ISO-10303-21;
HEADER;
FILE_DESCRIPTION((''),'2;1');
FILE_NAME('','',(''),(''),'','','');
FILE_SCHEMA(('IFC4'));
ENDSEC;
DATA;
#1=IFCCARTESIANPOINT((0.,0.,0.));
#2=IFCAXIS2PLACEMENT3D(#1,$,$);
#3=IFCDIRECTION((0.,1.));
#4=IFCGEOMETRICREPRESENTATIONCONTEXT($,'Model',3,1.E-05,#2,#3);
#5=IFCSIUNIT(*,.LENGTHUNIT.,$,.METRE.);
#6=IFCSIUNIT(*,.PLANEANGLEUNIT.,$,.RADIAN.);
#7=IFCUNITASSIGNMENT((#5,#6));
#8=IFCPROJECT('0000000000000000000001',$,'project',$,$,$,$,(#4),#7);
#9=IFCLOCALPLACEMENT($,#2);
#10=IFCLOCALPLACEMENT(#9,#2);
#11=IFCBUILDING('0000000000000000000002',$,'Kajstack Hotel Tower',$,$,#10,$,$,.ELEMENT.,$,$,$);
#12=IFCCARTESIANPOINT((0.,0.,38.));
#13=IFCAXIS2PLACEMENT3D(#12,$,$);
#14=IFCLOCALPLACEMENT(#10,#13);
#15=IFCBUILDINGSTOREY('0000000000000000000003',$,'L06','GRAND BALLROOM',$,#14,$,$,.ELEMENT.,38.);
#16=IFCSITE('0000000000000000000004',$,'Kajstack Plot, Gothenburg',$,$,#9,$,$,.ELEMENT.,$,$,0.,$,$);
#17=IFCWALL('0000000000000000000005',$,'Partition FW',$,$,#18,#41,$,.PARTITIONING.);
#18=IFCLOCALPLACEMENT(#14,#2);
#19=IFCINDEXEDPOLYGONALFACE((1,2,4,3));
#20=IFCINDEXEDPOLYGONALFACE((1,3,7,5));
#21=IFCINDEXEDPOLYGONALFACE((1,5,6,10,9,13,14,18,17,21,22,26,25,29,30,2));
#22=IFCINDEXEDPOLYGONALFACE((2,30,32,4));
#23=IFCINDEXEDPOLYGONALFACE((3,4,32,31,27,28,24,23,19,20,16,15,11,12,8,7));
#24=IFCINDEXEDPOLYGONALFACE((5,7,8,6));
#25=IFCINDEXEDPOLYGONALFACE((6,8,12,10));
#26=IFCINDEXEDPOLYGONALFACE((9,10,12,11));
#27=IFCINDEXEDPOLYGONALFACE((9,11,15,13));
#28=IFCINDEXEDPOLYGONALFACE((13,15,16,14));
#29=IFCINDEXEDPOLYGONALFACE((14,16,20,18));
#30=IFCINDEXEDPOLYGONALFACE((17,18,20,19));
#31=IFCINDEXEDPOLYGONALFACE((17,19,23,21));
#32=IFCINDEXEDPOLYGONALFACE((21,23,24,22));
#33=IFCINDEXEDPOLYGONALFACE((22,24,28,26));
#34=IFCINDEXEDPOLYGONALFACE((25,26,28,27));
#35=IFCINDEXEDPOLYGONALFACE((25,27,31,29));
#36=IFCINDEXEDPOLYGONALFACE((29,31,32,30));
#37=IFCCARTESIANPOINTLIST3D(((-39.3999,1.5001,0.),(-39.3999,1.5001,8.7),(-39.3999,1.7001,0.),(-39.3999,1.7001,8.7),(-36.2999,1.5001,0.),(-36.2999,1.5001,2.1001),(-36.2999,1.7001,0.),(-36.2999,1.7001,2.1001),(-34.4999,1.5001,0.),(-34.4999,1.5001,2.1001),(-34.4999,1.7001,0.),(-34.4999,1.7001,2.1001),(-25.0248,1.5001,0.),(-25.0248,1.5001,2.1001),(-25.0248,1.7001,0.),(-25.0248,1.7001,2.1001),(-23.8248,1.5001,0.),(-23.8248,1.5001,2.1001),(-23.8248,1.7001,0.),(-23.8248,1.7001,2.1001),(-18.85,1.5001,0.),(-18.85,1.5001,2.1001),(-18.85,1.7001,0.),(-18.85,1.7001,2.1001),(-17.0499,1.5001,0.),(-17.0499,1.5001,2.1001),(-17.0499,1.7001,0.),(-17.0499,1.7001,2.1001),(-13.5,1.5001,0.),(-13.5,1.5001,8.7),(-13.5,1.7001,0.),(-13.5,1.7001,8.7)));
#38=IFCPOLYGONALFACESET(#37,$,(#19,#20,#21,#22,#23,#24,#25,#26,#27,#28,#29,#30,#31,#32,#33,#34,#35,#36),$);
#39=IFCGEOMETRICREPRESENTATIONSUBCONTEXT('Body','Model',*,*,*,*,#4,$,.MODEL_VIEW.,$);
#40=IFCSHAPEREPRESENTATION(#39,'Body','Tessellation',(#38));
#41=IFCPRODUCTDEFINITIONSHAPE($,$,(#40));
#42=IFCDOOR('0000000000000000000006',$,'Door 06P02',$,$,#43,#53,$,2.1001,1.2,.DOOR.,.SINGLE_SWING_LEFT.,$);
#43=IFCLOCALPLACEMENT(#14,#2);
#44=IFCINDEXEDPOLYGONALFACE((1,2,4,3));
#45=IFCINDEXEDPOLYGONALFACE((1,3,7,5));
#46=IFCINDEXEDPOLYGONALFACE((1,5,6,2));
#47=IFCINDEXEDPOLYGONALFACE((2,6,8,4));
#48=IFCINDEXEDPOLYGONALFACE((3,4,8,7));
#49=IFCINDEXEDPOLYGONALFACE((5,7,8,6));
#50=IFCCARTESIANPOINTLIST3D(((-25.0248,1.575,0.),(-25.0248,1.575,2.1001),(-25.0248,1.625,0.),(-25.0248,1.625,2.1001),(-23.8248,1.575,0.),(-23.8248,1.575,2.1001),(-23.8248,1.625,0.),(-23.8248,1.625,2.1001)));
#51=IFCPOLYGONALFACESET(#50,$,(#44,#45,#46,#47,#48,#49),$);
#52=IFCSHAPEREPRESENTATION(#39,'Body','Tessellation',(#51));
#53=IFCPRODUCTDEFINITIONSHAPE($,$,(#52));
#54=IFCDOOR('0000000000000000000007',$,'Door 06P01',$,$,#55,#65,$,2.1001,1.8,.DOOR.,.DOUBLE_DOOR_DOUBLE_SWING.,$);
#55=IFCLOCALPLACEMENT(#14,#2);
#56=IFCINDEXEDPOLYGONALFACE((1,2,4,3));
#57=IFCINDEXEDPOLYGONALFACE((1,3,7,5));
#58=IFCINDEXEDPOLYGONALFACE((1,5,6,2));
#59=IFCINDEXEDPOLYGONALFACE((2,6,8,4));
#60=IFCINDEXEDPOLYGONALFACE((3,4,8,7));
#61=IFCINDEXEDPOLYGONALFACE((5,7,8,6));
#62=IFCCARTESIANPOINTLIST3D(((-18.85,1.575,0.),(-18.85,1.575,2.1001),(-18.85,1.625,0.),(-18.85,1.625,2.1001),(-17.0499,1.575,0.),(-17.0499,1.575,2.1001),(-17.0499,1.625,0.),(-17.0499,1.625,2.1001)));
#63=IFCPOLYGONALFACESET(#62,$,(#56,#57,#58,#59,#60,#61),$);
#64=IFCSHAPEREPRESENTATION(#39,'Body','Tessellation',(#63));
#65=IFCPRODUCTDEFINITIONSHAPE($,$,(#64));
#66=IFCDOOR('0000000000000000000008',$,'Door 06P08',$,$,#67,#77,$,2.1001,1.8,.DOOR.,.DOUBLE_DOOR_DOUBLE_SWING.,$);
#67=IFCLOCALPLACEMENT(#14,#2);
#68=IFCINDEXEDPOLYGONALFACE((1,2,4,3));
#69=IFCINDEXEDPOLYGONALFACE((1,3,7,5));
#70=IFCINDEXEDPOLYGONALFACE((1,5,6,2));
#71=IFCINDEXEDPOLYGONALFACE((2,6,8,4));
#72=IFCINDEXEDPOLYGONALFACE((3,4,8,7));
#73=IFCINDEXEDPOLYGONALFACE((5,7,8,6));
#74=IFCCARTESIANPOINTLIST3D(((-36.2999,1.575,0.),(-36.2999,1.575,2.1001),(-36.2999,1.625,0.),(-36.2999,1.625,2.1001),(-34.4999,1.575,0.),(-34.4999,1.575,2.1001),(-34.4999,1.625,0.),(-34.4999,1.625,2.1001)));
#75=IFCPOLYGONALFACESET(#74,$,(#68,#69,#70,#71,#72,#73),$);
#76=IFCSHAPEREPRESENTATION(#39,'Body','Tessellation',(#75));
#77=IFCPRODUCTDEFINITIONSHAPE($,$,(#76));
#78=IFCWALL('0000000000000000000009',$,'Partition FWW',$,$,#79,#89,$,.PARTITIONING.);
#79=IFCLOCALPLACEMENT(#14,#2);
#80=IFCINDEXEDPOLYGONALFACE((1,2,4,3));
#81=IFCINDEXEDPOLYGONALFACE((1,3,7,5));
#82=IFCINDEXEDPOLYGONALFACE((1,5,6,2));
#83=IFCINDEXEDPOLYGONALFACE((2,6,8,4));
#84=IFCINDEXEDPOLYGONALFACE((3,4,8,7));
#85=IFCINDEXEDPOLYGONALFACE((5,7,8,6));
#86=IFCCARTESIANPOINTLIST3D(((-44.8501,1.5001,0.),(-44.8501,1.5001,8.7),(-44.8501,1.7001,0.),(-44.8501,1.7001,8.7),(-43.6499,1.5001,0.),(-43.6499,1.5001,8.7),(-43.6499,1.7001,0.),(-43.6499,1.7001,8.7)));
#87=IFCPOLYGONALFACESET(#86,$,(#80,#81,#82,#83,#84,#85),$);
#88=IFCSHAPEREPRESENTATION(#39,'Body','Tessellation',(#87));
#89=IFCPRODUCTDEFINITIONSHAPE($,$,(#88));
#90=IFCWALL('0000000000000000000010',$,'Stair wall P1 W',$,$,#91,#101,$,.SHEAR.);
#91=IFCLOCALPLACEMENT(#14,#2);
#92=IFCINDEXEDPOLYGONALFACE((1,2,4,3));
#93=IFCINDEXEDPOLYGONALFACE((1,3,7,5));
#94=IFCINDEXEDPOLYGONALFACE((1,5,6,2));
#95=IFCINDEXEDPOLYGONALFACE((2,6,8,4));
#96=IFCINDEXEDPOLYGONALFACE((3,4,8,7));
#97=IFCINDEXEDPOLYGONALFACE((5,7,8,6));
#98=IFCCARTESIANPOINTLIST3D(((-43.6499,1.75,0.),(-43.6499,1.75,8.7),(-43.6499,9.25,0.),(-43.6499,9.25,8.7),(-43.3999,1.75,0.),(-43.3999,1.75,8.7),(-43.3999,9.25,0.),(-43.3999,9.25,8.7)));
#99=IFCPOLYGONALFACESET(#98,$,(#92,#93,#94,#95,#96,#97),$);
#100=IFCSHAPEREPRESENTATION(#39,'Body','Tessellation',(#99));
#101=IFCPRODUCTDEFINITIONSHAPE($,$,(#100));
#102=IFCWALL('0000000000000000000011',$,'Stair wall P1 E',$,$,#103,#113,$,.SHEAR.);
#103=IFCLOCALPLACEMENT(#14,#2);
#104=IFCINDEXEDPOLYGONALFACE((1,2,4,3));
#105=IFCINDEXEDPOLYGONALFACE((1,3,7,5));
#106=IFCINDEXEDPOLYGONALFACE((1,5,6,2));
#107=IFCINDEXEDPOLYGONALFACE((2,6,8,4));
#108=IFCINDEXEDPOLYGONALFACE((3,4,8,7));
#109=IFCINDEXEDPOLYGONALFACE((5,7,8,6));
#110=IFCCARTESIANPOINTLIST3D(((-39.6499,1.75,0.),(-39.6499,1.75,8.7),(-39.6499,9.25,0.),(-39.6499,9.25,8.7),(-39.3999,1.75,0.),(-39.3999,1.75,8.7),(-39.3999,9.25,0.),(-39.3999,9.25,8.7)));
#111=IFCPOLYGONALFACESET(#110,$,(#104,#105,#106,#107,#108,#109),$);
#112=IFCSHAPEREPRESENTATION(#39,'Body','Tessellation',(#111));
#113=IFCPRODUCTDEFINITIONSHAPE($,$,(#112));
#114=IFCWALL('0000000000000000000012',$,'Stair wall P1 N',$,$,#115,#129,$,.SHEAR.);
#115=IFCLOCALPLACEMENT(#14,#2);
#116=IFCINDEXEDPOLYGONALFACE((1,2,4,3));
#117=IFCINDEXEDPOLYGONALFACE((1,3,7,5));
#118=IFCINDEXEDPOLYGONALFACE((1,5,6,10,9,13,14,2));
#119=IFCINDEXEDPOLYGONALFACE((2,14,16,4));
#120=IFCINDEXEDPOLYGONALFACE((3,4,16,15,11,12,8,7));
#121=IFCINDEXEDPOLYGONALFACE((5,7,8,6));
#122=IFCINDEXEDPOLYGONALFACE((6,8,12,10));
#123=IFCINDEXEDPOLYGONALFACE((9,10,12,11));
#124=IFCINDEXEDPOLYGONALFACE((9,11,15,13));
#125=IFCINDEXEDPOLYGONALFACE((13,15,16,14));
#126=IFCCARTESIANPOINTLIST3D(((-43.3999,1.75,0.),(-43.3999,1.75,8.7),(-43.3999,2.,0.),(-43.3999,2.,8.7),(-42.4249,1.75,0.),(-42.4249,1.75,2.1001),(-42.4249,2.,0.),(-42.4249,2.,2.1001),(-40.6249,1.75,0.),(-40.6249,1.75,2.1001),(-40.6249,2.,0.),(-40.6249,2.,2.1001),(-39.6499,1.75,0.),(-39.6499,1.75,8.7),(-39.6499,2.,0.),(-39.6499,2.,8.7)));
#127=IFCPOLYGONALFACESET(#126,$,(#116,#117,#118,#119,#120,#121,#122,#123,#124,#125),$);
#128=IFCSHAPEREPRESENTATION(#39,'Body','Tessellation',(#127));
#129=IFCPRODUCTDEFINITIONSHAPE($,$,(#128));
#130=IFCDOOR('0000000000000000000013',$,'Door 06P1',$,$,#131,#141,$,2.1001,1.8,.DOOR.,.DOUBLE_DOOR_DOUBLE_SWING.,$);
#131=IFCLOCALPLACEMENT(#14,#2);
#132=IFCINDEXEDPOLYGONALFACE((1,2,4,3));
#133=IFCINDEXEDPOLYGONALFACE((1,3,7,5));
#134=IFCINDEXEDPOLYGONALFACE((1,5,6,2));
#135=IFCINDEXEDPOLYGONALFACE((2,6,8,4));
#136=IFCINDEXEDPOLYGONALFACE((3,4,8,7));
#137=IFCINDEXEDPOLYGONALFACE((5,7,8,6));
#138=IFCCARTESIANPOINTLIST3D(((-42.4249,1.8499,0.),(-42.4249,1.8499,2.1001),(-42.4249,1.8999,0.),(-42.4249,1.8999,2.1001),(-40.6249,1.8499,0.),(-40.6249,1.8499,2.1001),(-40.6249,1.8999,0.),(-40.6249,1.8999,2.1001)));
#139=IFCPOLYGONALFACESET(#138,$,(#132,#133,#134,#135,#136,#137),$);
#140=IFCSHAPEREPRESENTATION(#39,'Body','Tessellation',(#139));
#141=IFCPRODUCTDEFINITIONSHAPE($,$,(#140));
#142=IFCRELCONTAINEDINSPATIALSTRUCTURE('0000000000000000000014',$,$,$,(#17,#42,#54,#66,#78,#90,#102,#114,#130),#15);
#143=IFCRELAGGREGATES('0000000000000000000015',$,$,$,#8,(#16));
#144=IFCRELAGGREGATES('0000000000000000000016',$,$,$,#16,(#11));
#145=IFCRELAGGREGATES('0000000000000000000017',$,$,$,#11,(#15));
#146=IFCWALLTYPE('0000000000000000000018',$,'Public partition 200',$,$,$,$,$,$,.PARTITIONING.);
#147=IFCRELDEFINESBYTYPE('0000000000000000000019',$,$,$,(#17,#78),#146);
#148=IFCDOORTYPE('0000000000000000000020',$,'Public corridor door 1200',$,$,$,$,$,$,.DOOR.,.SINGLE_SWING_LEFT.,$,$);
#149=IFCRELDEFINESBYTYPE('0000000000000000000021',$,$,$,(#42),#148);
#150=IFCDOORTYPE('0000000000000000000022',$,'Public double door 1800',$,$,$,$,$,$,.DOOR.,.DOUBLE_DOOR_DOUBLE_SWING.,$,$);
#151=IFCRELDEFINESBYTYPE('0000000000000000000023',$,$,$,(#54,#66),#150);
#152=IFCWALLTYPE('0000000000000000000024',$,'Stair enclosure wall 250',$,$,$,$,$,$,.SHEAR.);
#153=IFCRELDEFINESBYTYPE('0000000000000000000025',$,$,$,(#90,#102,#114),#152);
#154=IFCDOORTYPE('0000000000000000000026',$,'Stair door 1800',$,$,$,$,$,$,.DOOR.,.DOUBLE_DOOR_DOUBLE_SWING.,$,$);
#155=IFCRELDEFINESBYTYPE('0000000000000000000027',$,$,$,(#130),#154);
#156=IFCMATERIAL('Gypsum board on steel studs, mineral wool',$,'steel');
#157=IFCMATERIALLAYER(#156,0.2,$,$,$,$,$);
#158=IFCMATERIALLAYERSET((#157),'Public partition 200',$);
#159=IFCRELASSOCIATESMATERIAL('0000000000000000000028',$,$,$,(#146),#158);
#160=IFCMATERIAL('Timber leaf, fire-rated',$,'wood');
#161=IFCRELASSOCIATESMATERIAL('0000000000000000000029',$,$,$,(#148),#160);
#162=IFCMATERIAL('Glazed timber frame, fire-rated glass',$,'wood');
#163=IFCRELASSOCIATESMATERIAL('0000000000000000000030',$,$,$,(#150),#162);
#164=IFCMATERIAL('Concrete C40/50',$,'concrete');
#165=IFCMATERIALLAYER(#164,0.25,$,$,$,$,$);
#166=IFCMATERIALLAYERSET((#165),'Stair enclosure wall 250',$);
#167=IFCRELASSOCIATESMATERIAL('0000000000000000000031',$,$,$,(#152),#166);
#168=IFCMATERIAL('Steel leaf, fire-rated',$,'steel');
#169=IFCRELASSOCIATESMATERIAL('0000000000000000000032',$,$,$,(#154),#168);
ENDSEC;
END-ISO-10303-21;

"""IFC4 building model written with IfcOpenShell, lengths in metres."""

from ifc_helpers import new_model, si_unit, direction, frame, frame_2d, origin, place, context, subcontext, project, spatial, rectangle, extrude, material, layer, layer_set, type_object, element, fill, save


model = new_model("IFC4")

# Units and contexts
model_context = context("Model", 3, precision=1e-05, world=origin(), true_north=direction((0.0, 1.0)))
body_context = subcontext(model_context, "Body", "Model", "MODEL_VIEW")
ifc_project = project(units=[si_unit("LENGTHUNIT", "METRE"), si_unit("PLANEANGLEUNIT", "RADIAN")], contexts=[model_context])

# Site, building, storey
site_placement = place(None, origin())
site = spatial("IfcSite", under=ifc_project, at=site_placement, Name="Kajstack Plot, Gothenburg", CompositionType="ELEMENT", RefElevation=0.0)
building_placement = place(site_placement, origin())
building = spatial("IfcBuilding", under=site, at=building_placement, Name="Kajstack Hotel Tower", CompositionType="ELEMENT")
storey_placement = place(building_placement, frame((0.0, 0.0, 38.0)))
storey = spatial("IfcBuildingStorey", under=building, at=storey_placement, Name="L06", Description="GRAND BALLROOM", CompositionType="ELEMENT", Elevation=38.0)

# Wall, openings, doors
ifc_material_1 = material(Name="Gypsum board on steel studs, mineral wool", Category="steel")
ifc_layer_1 = layer(ifc_material_1, 0.2)
ifc_layer_set_1 = layer_set([ifc_layer_1], Name="Public partition 200")
wall_type_1 = type_object("IfcWallType", Name="Public partition 200", PredefinedType="PARTITIONING", material=ifc_layer_set_1)
wall_1_placement = place(storey_placement, frame((-39.3999, 1.6001, 0.0), z_axis=(0.0, 0.0, 1.0), x_axis=(1.0, 0.0, 0.0)))
wall_1 = element("IfcWall", 1, at=wall_1_placement, inside=storey, type_object=wall_type_1, Name="Partition FW", PredefinedType="PARTITIONING", context=body_context, shape_type="SweptSolid", body=[
    extrude(rectangle(XDim=25.8999, YDim=0.2, at=frame_2d((12.95, 0.0))), origin(), (0.0, 0.0, 1.0), 8.7),
])
opening_1_placement = place(wall_1_placement, frame((20.55, 0.0, 0.0)))
opening_1 = element("IfcOpeningElement", 2, at=opening_1_placement, cuts=wall_1, PredefinedType="OPENING", context=body_context, shape_type="SweptSolid", body=[
    extrude(rectangle(XDim=1.8, YDim=2.1001, at=frame_2d((0.8999, 1.05))), frame((0.0, 0.1099, 0.0), z_axis=(0.0, -1.0, 0.0), x_axis=(1.0, 0.0, 0.0)), (0.0, 0.0, 1.0), 0.22),
])
opening_2_placement = place(wall_1_placement, frame((14.375, 0.0, 0.0)))
opening_2 = element("IfcOpeningElement", 3, at=opening_2_placement, cuts=wall_1, PredefinedType="OPENING", context=body_context, shape_type="SweptSolid", body=[
    extrude(rectangle(XDim=1.2, YDim=2.1001, at=frame_2d((0.6001, 1.05))), frame((0.0, 0.1099, 0.0), z_axis=(0.0, -1.0, 0.0), x_axis=(1.0, 0.0, 0.0)), (0.0, 0.0, 1.0), 0.22),
])
opening_3_placement = place(wall_1_placement, frame((3.1001, 0.0, 0.0)))
opening_3 = element("IfcOpeningElement", 4, at=opening_3_placement, cuts=wall_1, PredefinedType="OPENING", context=body_context, shape_type="SweptSolid", body=[
    extrude(rectangle(XDim=1.8, YDim=2.1001, at=frame_2d((0.8999, 1.05))), frame((0.0, 0.1099, 0.0), z_axis=(0.0, -1.0, 0.0), x_axis=(1.0, 0.0, 0.0)), (0.0, 0.0, 1.0), 0.22),
])
ifc_material_2 = material(Name="Timber leaf, fire-rated", Category="wood")
door_type_1 = type_object("IfcDoorType", Name="Public corridor door 1200", OperationType="SINGLE_SWING_LEFT", PredefinedType="DOOR", material=ifc_material_2)
door_1_placement = place(opening_2_placement, origin())
door_1 = element("IfcDoor", 5, at=door_1_placement, inside=storey, type_object=door_type_1, Name="Door 06P02", OperationType="SINGLE_SWING_LEFT", OverallHeight=2.1001, OverallWidth=1.2, PredefinedType="DOOR", context=body_context, shape_type="SweptSolid", body=[
    extrude(rectangle(XDim=1.2, YDim=2.1001, at=frame_2d((0.6001, 1.05))), frame((0.0, 0.0249, 0.0), z_axis=(0.0, -1.0, 0.0), x_axis=(1.0, 0.0, 0.0)), (0.0, 0.0, 1.0), 0.05),
])
fill(opening_2, door_1)
ifc_material_3 = material(Name="Glazed timber frame, fire-rated glass", Category="wood")
door_type_2 = type_object("IfcDoorType", Name="Public double door 1800", OperationType="DOUBLE_DOOR_DOUBLE_SWING", PredefinedType="DOOR", material=ifc_material_3)
door_2_placement = place(opening_1_placement, origin())
door_2 = element("IfcDoor", 6, at=door_2_placement, inside=storey, type_object=door_type_2, Name="Door 06P01", OperationType="DOUBLE_DOOR_DOUBLE_SWING", OverallHeight=2.1001, OverallWidth=1.8, PredefinedType="DOOR", context=body_context, shape_type="SweptSolid", body=[
    extrude(rectangle(XDim=1.8, YDim=2.1001, at=frame_2d((0.8999, 1.05))), frame((0.0, 0.0249, 0.0), z_axis=(0.0, -1.0, 0.0), x_axis=(1.0, 0.0, 0.0)), (0.0, 0.0, 1.0), 0.05),
])
fill(opening_1, door_2)
door_3_placement = place(opening_3_placement, origin())
door_3 = element("IfcDoor", 7, at=door_3_placement, inside=storey, type_object=door_type_2, Name="Door 06P08", OperationType="DOUBLE_DOOR_DOUBLE_SWING", OverallHeight=2.1001, OverallWidth=1.8, PredefinedType="DOOR", context=body_context, shape_type="SweptSolid", body=[
    extrude(rectangle(XDim=1.8, YDim=2.1001, at=frame_2d((0.8999, 1.05))), frame((0.0, 0.0249, 0.0), z_axis=(0.0, -1.0, 0.0), x_axis=(1.0, 0.0, 0.0)), (0.0, 0.0, 1.0), 0.05),
])
fill(opening_3, door_3)

# Walls
wall_2_placement = place(storey_placement, frame((-44.8501, 1.6001, 0.0), z_axis=(0.0, 0.0, 1.0), x_axis=(1.0, 0.0, 0.0)))
element("IfcWall", 8, at=wall_2_placement, inside=storey, type_object=wall_type_1, Name="Partition FWW", PredefinedType="PARTITIONING", context=body_context, shape_type="SweptSolid", body=[
    extrude(rectangle(XDim=1.2002, YDim=0.2, at=frame_2d((0.6001, 0.0))), origin(), (0.0, 0.0, 1.0), 8.7),
])
ifc_material_4 = material(Name="Concrete C40/50", Category="concrete")
ifc_layer_2 = layer(ifc_material_4, 0.25)
ifc_layer_set_2 = layer_set([ifc_layer_2], Name="Stair enclosure wall 250")
wall_type_2 = type_object("IfcWallType", Name="Stair enclosure wall 250", PredefinedType="SHEAR", material=ifc_layer_set_2)
for number, where, z_axis, x_axis, name in (
    (9, (-43.5249, 1.75, 0.0), (0.0, 0.0, 1.0), (0.0, 1.0, 0.0), "Stair wall P1 W"),
    (10, (-39.5249, 1.75, 0.0), (0.0, 0.0, 1.0), (0.0, 1.0, 0.0), "Stair wall P1 E"),
):
    element("IfcWall", number, at=place(storey_placement, frame(where, z_axis=z_axis, x_axis=x_axis)), inside=storey, type_object=wall_type_2, Name=name, PredefinedType="SHEAR", context=body_context, shape_type="SweptSolid", body=[
        extrude(rectangle(XDim=7.5, YDim=0.25, at=frame_2d((3.75, 0.0))), origin(), (0.0, 0.0, 1.0), 8.7),
    ])

# Wall, opening, door
wall_3_placement = place(storey_placement, frame((-43.3999, 1.875, 0.0), z_axis=(0.0, 0.0, 1.0), x_axis=(1.0, 0.0, 0.0)))
wall_3 = element("IfcWall", 11, at=wall_3_placement, inside=storey, type_object=wall_type_2, Name="Stair wall P1 N", PredefinedType="SHEAR", context=body_context, shape_type="SweptSolid", body=[
    extrude(rectangle(XDim=3.75, YDim=0.25, at=frame_2d((1.875, 0.0))), origin(), (0.0, 0.0, 1.0), 8.7),
])
opening_4_placement = place(wall_3_placement, frame((0.9751, 0.0, 0.0)))
opening_4 = element("IfcOpeningElement", 12, at=opening_4_placement, cuts=wall_3, PredefinedType="OPENING", context=body_context, shape_type="SweptSolid", body=[
    extrude(rectangle(XDim=1.8, YDim=2.1001, at=frame_2d((0.8999, 1.05))), frame((0.0, 0.135, 0.0), z_axis=(0.0, -1.0, 0.0), x_axis=(1.0, 0.0, 0.0)), (0.0, 0.0, 1.0), 0.27),
])
ifc_material_5 = material(Name="Steel leaf, fire-rated", Category="steel")
door_type_3 = type_object("IfcDoorType", Name="Stair door 1800", OperationType="DOUBLE_DOOR_DOUBLE_SWING", PredefinedType="DOOR", material=ifc_material_5)
door_4_placement = place(opening_4_placement, origin())
door_4 = element("IfcDoor", 13, at=door_4_placement, inside=storey, type_object=door_type_3, Name="Door 06P1", OperationType="DOUBLE_DOOR_DOUBLE_SWING", OverallHeight=2.1001, OverallWidth=1.8, PredefinedType="DOOR", context=body_context, shape_type="SweptSolid", body=[
    extrude(rectangle(XDim=1.8, YDim=2.1001, at=frame_2d((0.8999, 1.05))), frame((0.0, 0.0249, 0.0), z_axis=(0.0, -1.0, 0.0), x_axis=(1.0, 0.0, 0.0)), (0.0, 0.0, 1.0), 0.05),
])
fill(opening_4, door_4)

save(model, "model.ifc")
